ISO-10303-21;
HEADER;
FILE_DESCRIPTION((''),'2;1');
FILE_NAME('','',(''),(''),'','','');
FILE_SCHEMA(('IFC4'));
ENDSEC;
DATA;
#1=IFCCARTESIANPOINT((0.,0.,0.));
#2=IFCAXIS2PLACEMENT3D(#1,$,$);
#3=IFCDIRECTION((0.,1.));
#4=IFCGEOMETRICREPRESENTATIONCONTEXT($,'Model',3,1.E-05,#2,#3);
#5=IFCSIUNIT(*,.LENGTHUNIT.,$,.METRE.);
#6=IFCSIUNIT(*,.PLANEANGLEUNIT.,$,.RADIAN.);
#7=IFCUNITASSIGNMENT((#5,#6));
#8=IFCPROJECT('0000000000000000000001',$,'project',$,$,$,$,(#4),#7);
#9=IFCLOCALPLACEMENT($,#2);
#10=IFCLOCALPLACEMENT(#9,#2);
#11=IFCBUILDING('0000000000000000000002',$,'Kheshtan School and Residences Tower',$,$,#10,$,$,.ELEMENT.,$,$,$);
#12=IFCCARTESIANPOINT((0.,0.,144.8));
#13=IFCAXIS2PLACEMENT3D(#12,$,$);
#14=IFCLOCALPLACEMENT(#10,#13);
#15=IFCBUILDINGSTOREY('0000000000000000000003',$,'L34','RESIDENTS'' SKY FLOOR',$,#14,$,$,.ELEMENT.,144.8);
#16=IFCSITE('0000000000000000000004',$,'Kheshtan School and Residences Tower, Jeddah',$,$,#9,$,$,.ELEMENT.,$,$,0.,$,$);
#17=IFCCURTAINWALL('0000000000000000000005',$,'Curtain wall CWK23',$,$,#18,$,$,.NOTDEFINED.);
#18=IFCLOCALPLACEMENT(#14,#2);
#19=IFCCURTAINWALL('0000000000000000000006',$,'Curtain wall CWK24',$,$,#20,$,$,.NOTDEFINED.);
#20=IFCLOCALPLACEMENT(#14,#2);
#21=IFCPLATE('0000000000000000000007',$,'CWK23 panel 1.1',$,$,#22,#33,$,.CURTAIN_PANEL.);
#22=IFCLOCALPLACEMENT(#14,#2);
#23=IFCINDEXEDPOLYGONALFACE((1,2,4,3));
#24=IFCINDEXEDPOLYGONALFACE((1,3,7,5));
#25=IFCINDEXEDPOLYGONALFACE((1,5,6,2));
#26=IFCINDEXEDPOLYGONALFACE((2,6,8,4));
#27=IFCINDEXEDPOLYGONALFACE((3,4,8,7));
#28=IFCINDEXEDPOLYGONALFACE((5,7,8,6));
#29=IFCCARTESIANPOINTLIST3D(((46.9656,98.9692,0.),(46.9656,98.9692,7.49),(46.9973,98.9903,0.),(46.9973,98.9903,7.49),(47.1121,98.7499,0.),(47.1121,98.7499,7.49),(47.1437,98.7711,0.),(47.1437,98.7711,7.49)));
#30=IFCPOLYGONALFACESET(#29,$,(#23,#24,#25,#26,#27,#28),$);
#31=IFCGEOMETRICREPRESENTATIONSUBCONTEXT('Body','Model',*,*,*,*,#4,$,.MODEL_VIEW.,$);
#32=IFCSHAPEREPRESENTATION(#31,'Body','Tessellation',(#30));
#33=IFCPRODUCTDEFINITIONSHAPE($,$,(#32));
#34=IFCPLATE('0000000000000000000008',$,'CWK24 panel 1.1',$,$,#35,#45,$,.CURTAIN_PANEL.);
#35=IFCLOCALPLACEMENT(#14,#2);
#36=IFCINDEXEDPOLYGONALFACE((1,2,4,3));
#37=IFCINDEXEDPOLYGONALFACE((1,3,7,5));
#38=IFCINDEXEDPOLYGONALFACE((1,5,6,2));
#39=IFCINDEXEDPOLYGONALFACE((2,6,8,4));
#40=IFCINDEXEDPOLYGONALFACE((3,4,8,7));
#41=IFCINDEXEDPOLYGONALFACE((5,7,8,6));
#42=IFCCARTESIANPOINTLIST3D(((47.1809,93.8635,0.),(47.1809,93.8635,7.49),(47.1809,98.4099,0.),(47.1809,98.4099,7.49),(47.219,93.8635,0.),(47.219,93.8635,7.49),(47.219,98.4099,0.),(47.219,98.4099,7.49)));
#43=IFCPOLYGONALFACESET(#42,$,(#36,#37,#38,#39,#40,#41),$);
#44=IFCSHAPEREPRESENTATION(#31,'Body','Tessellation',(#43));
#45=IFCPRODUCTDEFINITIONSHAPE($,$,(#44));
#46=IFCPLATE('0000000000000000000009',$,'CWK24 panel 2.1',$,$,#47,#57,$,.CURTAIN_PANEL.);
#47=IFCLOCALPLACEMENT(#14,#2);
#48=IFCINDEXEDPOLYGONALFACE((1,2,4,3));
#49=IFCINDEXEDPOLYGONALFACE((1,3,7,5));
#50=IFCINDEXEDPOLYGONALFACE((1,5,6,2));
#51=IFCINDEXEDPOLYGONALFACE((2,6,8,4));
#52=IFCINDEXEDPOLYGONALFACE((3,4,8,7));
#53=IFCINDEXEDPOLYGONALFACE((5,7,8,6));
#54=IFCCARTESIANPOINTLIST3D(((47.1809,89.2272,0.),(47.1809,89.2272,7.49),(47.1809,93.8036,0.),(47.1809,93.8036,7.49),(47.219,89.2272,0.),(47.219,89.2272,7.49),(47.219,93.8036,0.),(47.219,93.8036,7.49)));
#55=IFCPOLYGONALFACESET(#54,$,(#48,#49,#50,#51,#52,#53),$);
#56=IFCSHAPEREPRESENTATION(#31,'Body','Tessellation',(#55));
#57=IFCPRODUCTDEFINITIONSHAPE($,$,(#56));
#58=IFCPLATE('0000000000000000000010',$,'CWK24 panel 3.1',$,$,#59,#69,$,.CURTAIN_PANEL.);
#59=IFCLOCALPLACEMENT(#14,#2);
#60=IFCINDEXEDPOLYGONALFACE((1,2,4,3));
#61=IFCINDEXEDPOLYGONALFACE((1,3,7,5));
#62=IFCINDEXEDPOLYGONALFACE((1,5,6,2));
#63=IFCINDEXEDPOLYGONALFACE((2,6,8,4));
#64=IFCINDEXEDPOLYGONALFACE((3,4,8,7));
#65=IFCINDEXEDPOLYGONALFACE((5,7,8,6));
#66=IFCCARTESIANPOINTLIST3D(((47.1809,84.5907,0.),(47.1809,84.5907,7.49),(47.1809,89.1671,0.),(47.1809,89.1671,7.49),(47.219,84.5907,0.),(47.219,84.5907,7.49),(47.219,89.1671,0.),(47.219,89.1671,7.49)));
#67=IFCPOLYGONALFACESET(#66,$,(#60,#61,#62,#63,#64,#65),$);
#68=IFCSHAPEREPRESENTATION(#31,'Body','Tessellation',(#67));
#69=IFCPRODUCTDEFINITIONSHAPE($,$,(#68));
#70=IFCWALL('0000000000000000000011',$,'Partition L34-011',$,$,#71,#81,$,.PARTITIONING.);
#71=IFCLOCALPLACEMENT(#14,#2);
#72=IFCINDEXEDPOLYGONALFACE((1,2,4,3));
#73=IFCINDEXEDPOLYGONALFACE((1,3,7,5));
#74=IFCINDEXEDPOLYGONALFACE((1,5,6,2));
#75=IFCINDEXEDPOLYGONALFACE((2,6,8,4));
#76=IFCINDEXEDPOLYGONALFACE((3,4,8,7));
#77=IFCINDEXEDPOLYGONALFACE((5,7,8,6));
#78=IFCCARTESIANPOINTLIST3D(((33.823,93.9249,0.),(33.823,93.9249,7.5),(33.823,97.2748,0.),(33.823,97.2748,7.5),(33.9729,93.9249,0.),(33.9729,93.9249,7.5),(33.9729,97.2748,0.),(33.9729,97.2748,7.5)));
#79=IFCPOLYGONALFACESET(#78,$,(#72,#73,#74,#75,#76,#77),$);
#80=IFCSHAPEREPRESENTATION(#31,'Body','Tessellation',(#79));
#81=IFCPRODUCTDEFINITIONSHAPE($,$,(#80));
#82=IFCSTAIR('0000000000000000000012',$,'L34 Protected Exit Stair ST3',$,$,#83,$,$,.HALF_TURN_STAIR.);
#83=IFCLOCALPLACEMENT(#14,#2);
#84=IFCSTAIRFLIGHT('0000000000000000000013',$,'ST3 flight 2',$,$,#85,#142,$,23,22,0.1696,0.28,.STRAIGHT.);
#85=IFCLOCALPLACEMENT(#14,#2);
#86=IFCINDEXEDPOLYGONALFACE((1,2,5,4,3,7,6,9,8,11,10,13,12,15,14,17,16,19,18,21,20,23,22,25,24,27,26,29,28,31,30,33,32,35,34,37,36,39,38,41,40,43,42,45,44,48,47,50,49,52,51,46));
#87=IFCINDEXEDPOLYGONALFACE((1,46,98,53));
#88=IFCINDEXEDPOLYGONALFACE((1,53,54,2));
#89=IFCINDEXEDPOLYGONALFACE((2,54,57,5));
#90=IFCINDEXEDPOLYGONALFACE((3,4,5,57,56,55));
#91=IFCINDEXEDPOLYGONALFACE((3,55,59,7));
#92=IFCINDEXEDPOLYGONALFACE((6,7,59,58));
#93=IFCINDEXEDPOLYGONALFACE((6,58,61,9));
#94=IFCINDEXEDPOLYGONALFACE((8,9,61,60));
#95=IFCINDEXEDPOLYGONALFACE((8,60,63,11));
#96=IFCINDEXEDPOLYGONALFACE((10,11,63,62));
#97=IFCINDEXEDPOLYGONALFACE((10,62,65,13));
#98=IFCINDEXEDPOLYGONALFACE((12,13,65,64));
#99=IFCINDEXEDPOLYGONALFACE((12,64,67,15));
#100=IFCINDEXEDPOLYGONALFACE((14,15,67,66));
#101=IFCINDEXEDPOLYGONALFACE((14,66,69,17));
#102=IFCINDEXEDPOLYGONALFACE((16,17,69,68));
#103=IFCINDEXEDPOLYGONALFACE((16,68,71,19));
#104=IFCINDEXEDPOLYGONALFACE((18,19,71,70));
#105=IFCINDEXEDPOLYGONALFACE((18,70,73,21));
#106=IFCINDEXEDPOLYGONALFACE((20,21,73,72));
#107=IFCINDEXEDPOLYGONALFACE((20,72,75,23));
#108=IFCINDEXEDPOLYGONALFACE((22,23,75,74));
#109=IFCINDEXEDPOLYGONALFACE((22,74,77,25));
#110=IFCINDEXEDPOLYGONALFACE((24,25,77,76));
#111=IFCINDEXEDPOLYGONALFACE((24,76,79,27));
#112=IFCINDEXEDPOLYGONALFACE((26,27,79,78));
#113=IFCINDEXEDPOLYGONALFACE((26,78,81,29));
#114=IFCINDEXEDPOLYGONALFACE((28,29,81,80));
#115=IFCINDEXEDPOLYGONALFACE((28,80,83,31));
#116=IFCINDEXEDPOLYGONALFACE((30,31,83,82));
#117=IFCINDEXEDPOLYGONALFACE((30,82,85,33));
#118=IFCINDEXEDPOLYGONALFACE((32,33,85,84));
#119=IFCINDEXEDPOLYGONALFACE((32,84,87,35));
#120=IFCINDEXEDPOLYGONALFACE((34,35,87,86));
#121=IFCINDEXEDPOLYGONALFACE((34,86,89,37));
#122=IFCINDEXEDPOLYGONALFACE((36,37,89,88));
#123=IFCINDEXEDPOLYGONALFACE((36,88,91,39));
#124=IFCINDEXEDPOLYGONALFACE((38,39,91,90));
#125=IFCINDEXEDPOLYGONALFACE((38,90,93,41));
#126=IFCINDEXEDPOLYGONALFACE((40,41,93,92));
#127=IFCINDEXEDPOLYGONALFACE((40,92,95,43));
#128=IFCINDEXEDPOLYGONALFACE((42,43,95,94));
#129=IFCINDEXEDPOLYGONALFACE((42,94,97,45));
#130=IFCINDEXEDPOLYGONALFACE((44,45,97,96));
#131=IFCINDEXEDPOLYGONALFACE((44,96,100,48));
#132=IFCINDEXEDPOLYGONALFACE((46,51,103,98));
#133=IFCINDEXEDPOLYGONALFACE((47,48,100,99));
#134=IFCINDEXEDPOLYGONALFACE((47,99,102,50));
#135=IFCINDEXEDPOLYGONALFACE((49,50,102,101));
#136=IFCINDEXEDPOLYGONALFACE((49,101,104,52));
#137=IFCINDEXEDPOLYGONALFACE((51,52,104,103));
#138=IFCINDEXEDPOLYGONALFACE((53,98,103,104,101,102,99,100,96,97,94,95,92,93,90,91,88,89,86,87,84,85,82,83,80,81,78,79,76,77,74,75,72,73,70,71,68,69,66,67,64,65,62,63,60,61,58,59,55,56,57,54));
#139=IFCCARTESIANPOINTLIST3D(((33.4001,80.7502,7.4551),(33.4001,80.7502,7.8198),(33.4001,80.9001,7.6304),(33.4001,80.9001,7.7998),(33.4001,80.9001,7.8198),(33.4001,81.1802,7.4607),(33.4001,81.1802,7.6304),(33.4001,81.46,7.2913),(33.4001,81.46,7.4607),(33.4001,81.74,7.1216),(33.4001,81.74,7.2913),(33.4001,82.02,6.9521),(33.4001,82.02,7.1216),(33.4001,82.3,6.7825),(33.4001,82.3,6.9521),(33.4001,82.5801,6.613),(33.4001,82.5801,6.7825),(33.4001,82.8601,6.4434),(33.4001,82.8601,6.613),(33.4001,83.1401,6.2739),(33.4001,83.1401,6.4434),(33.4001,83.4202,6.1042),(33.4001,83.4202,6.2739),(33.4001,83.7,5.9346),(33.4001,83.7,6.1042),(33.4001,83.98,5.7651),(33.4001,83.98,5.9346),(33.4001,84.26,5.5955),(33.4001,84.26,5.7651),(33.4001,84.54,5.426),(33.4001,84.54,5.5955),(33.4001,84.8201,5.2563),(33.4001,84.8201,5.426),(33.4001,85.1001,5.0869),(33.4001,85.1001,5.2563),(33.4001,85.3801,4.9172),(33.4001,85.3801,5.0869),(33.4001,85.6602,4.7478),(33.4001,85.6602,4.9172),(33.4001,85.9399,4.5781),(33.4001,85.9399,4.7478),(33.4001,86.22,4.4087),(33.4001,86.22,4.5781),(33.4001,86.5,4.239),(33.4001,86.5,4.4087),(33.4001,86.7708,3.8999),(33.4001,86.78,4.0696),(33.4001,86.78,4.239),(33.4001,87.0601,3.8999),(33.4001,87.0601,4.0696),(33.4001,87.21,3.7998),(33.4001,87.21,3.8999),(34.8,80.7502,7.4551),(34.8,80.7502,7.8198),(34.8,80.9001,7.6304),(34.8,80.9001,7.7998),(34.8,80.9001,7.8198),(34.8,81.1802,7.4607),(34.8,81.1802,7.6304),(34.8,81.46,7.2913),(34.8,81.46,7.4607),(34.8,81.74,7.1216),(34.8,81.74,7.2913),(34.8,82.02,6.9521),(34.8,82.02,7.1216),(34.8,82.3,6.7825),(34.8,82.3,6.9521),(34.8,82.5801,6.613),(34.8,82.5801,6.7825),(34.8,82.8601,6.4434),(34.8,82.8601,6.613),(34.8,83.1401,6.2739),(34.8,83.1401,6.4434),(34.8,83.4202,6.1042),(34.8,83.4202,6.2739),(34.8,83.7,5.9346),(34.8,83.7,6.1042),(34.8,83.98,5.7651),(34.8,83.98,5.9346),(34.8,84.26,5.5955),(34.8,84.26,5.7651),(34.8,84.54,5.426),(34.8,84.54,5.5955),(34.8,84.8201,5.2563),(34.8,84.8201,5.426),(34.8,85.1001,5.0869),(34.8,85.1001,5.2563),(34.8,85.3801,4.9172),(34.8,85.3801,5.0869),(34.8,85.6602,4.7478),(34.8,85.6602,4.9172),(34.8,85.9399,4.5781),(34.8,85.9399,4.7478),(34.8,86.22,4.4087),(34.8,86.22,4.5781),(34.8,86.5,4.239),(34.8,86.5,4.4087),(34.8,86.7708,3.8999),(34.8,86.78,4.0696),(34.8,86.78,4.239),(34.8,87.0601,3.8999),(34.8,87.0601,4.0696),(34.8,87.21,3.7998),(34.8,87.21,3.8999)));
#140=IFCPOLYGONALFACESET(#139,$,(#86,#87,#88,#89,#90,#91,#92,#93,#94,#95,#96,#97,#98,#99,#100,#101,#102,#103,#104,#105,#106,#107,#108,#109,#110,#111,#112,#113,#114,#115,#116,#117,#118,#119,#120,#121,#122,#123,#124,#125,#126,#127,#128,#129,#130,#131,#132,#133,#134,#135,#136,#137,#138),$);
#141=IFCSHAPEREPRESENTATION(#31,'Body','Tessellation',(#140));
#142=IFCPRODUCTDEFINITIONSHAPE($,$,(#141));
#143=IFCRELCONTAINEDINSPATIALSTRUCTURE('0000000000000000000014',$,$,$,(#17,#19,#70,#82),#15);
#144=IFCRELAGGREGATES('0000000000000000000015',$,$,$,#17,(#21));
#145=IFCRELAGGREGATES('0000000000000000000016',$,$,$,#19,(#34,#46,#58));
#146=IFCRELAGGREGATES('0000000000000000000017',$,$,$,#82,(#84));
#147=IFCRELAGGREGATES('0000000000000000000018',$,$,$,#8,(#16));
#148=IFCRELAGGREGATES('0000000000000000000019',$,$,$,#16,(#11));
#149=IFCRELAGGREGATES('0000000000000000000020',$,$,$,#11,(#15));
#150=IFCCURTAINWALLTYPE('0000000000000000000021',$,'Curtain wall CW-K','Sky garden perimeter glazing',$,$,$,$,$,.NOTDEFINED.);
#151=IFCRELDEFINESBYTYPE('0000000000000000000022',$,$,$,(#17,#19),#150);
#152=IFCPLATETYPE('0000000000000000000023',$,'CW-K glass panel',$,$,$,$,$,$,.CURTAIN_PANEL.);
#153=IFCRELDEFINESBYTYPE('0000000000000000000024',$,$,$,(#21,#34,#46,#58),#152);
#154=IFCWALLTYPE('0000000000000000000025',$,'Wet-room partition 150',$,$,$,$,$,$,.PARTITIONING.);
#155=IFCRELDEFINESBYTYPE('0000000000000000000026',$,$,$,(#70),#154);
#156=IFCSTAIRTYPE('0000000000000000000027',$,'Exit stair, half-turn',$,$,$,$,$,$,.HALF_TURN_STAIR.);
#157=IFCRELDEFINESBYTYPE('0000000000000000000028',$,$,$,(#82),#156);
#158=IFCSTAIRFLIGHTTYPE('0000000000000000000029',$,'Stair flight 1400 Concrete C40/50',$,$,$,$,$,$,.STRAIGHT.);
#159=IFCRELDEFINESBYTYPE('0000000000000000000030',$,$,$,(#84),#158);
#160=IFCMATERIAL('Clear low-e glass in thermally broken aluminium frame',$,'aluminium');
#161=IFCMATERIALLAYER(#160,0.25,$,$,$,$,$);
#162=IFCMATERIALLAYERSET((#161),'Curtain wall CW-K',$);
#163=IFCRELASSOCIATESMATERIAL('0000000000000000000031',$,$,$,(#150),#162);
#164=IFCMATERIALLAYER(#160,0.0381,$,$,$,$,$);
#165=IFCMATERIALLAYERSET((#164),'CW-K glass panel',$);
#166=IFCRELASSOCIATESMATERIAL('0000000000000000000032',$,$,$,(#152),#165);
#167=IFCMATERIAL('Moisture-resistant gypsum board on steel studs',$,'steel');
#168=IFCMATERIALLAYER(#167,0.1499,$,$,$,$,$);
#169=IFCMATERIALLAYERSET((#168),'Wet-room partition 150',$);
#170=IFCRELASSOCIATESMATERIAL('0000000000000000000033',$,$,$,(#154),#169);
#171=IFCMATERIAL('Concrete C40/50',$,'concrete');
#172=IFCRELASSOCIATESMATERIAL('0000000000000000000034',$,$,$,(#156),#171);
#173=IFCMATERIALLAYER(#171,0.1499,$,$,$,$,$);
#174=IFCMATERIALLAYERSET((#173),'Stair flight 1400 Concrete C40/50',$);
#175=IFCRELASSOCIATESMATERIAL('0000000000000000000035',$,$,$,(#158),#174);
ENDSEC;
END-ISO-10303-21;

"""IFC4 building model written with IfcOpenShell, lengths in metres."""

from ifc_helpers import new_model, si_unit, direction, frame, frame_2d, origin, origin_2d, place, context, subcontext, project, spatial, polyline, rectangle, outline, extrude, material, layer, layer_set, type_object, element, aggregate, save


model = new_model("IFC4")

# Units and contexts
model_context = context("Model", 3, precision=1e-05, world=origin(), true_north=direction((0.0, 1.0)))
body_context = subcontext(model_context, "Body", "Model", "MODEL_VIEW")
ifc_project = project(units=[si_unit("LENGTHUNIT", "METRE"), si_unit("PLANEANGLEUNIT", "RADIAN")], contexts=[model_context])

# Site, building, storey
site_placement = place(None, origin())
site = spatial("IfcSite", under=ifc_project, at=site_placement, Name="Kheshtan School and Residences Tower, Jeddah", CompositionType="ELEMENT", RefElevation=0.0)
building_placement = place(site_placement, origin())
building = spatial("IfcBuilding", under=site, at=building_placement, Name="Kheshtan School and Residences Tower", CompositionType="ELEMENT")
storey_placement = place(building_placement, frame((0.0, 0.0, 144.8)))
storey = spatial("IfcBuildingStorey", under=building, at=storey_placement, Name="L34", Description="RESIDENTS' SKY FLOOR", CompositionType="ELEMENT", Elevation=144.8)

# Curtain walls
ifc_material_1 = material(Name="Clear low-e glass in thermally broken aluminium frame", Category="aluminium")
ifc_layer_1 = layer(ifc_material_1, 0.25)
ifc_layer_set_1 = layer_set([ifc_layer_1], Name="Curtain wall CW-K")
curtain_wall_type = type_object("IfcCurtainWallType", Name="Curtain wall CW-K", Description="Sky garden perimeter glazing", PredefinedType="NOTDEFINED", material=ifc_layer_set_1)
curtain_wall_1_placement = place(storey_placement, origin())
curtain_wall_1 = element("IfcCurtainWall", 1, at=curtain_wall_1_placement, inside=storey, type_object=curtain_wall_type, Name="Curtain wall CWK23", PredefinedType="NOTDEFINED")
curtain_wall_2_placement = place(storey_placement, origin())
curtain_wall_2 = element("IfcCurtainWall", 2, at=curtain_wall_2_placement, inside=storey, type_object=curtain_wall_type, Name="Curtain wall CWK24", PredefinedType="NOTDEFINED")

# Plates
ifc_layer_2 = layer(ifc_material_1, 0.0381)
ifc_layer_set_2 = layer_set([ifc_layer_2], Name="CW-K glass panel")
plate_type = type_object("IfcPlateType", Name="CW-K glass panel", PredefinedType="CURTAIN_PANEL", material=ifc_layer_set_2)
plate_1_placement = place(storey_placement, frame((47.0547, 98.8701, 0.0), z_axis=(0.0, 0.0, 1.0), x_axis=(0.555302, -0.831649, 0.0)))
plate_1 = element("IfcPlate", 3, at=plate_1_placement, type_object=plate_type, Name="CWK23 panel 1.1", PredefinedType="CURTAIN_PANEL", context=body_context, shape_type="SweptSolid", body=[
    extrude(rectangle(XDim=0.2637, YDim=0.0381, at=origin_2d()), origin(), (0.0, 0.0, 1.0), 7.49),
])
aggregate(curtain_wall_1, [plate_1])
plate_2_placement = place(storey_placement, frame((47.2, 96.1367, 0.0), z_axis=(0.0, 0.0, 1.0), x_axis=(0.0, -1.0, 0.0)))
plate_2 = element("IfcPlate", 4, at=plate_2_placement, type_object=plate_type, Name="CWK24 panel 1.1", PredefinedType="CURTAIN_PANEL", context=body_context, shape_type="SweptSolid", body=[
    extrude(rectangle(XDim=4.5464, YDim=0.0381, at=origin_2d()), origin(), (0.0, 0.0, 1.0), 7.49),
])
plate_3_placement = place(storey_placement, frame((47.2, 91.5154, 0.0), z_axis=(0.0, 0.0, 1.0), x_axis=(0.0, -1.0, 0.0)))
plate_3 = element("IfcPlate", 5, at=plate_3_placement, type_object=plate_type, Name="CWK24 panel 2.1", PredefinedType="CURTAIN_PANEL", context=body_context, shape_type="SweptSolid", body=[
    extrude(rectangle(XDim=4.5764, YDim=0.0381, at=origin_2d()), origin(), (0.0, 0.0, 1.0), 7.49),
])
plate_4_placement = place(storey_placement, frame((47.2, 86.8789, 0.0), z_axis=(0.0, 0.0, 1.0), x_axis=(0.0, -1.0, 0.0)))
plate_4 = element("IfcPlate", 6, at=plate_4_placement, type_object=plate_type, Name="CWK24 panel 3.1", PredefinedType="CURTAIN_PANEL", context=body_context, shape_type="SweptSolid", body=[
    extrude(rectangle(XDim=4.5764, YDim=0.0381, at=origin_2d()), origin(), (0.0, 0.0, 1.0), 7.49),
])
aggregate(curtain_wall_2, [plate_2, plate_3, plate_4])

# Wall
ifc_material_2 = material(Name="Moisture-resistant gypsum board on steel studs", Category="steel")
ifc_layer_3 = layer(ifc_material_2, 0.1499)
ifc_layer_set_3 = layer_set([ifc_layer_3], Name="Wet-room partition 150")
wall_type = type_object("IfcWallType", Name="Wet-room partition 150", PredefinedType="PARTITIONING", material=ifc_layer_set_3)
wall_placement = place(storey_placement, frame((33.8979, 93.925, 0.0), z_axis=(0.0, 0.0, 1.0), x_axis=(0.0, 1.0, 0.0)))
element("IfcWall", 7, at=wall_placement, inside=storey, type_object=wall_type, Name="Partition L34-011", PredefinedType="PARTITIONING", context=body_context, shape_type="SweptSolid", body=[
    extrude(rectangle(XDim=3.3499, YDim=0.1499, at=frame_2d((1.6748, 0.0))), origin(), (0.0, 0.0, 1.0), 7.5),
])

# Stair, stair flight
ifc_material_3 = material(Name="Concrete C40/50", Category="concrete")
stair_type = type_object("IfcStairType", Name="Exit stair, half-turn", PredefinedType="HALF_TURN_STAIR", material=ifc_material_3)
stair_placement = place(storey_placement, origin())
stair = element("IfcStair", 8, at=stair_placement, inside=storey, type_object=stair_type, Name="L34 Protected Exit Stair ST3", PredefinedType="HALF_TURN_STAIR")
ifc_layer_4 = layer(ifc_material_3, 0.1499)
ifc_layer_set_4 = layer_set([ifc_layer_4], Name="Stair flight 1400 Concrete C40/50")
stair_flight_type = type_object("IfcStairFlightType", Name="Stair flight 1400 Concrete C40/50", PredefinedType="STRAIGHT", material=ifc_layer_set_4)
stair_flight_placement = place(storey_placement, frame((34.1001, 87.0601, 3.8999), z_axis=(0.0, 0.0, 1.0), x_axis=(0.0, -1.0, 0.0)))
stair_flight = element("IfcStairFlight", 9, at=stair_flight_placement, type_object=stair_flight_type, Name="ST3 flight 2", NumberOfRisers=23, NumberOfTreads=22, PredefinedType="STRAIGHT", RiserHeight=0.1696, TreadLength=0.28, context=body_context, shape_type="SweptSolid", body=[
    extrude(outline(polyline([(-0.1499, -0.1001), (-0.1499, 0.0), (0.0, 0.0), (0.0, 0.1697), (0.28, 0.1697), (0.28, 0.3391), (0.5601, 0.3391), (0.5601, 0.5088), (0.8401, 0.5088), (0.8401, 0.6782), (1.1201, 0.6782), (1.1201, 0.8479), (1.3999, 0.8479), (1.3999, 1.0173), (1.6799, 1.0173), (1.6799, 1.187), (1.96, 1.187), (1.96, 1.3564), (2.24, 1.3564), (2.24, 1.5261), (2.52, 1.5261), (2.52, 1.6956), (2.8, 1.6956), (2.8, 1.8652), (3.0801, 1.8652), (3.0801, 2.0347), (3.3601, 2.0347), (3.3601, 2.2043), (3.6399, 2.2043), (3.6399, 2.374), (3.9199, 2.374), (3.9199, 2.5435), (4.2, 2.5435), (4.2, 2.7131), (4.48, 2.7131), (4.48, 2.8826), (4.76, 2.8826), (4.76, 3.0522), (5.04, 3.0522), (5.04, 3.2217), (5.3201, 3.2217), (5.3201, 3.3914), (5.6001, 3.3914), (5.6001, 3.5608), (5.8799, 3.5608), (5.8799, 3.7305), (6.1599, 3.7305), (6.1599, 3.8999), (6.1599, 3.9199), (6.3098, 3.9199), (6.3098, 3.5552), (0.2893, 0.0), (-0.1499, -0.1001)])), frame((0.0, 0.7, 0.0), z_axis=(0.0, -1.0, 0.0), x_axis=(1.0, 0.0, 0.0)), (0.0, 0.0, 1.0), 1.3999),
])
aggregate(stair, [stair_flight])

save(model, "model.ifc")
